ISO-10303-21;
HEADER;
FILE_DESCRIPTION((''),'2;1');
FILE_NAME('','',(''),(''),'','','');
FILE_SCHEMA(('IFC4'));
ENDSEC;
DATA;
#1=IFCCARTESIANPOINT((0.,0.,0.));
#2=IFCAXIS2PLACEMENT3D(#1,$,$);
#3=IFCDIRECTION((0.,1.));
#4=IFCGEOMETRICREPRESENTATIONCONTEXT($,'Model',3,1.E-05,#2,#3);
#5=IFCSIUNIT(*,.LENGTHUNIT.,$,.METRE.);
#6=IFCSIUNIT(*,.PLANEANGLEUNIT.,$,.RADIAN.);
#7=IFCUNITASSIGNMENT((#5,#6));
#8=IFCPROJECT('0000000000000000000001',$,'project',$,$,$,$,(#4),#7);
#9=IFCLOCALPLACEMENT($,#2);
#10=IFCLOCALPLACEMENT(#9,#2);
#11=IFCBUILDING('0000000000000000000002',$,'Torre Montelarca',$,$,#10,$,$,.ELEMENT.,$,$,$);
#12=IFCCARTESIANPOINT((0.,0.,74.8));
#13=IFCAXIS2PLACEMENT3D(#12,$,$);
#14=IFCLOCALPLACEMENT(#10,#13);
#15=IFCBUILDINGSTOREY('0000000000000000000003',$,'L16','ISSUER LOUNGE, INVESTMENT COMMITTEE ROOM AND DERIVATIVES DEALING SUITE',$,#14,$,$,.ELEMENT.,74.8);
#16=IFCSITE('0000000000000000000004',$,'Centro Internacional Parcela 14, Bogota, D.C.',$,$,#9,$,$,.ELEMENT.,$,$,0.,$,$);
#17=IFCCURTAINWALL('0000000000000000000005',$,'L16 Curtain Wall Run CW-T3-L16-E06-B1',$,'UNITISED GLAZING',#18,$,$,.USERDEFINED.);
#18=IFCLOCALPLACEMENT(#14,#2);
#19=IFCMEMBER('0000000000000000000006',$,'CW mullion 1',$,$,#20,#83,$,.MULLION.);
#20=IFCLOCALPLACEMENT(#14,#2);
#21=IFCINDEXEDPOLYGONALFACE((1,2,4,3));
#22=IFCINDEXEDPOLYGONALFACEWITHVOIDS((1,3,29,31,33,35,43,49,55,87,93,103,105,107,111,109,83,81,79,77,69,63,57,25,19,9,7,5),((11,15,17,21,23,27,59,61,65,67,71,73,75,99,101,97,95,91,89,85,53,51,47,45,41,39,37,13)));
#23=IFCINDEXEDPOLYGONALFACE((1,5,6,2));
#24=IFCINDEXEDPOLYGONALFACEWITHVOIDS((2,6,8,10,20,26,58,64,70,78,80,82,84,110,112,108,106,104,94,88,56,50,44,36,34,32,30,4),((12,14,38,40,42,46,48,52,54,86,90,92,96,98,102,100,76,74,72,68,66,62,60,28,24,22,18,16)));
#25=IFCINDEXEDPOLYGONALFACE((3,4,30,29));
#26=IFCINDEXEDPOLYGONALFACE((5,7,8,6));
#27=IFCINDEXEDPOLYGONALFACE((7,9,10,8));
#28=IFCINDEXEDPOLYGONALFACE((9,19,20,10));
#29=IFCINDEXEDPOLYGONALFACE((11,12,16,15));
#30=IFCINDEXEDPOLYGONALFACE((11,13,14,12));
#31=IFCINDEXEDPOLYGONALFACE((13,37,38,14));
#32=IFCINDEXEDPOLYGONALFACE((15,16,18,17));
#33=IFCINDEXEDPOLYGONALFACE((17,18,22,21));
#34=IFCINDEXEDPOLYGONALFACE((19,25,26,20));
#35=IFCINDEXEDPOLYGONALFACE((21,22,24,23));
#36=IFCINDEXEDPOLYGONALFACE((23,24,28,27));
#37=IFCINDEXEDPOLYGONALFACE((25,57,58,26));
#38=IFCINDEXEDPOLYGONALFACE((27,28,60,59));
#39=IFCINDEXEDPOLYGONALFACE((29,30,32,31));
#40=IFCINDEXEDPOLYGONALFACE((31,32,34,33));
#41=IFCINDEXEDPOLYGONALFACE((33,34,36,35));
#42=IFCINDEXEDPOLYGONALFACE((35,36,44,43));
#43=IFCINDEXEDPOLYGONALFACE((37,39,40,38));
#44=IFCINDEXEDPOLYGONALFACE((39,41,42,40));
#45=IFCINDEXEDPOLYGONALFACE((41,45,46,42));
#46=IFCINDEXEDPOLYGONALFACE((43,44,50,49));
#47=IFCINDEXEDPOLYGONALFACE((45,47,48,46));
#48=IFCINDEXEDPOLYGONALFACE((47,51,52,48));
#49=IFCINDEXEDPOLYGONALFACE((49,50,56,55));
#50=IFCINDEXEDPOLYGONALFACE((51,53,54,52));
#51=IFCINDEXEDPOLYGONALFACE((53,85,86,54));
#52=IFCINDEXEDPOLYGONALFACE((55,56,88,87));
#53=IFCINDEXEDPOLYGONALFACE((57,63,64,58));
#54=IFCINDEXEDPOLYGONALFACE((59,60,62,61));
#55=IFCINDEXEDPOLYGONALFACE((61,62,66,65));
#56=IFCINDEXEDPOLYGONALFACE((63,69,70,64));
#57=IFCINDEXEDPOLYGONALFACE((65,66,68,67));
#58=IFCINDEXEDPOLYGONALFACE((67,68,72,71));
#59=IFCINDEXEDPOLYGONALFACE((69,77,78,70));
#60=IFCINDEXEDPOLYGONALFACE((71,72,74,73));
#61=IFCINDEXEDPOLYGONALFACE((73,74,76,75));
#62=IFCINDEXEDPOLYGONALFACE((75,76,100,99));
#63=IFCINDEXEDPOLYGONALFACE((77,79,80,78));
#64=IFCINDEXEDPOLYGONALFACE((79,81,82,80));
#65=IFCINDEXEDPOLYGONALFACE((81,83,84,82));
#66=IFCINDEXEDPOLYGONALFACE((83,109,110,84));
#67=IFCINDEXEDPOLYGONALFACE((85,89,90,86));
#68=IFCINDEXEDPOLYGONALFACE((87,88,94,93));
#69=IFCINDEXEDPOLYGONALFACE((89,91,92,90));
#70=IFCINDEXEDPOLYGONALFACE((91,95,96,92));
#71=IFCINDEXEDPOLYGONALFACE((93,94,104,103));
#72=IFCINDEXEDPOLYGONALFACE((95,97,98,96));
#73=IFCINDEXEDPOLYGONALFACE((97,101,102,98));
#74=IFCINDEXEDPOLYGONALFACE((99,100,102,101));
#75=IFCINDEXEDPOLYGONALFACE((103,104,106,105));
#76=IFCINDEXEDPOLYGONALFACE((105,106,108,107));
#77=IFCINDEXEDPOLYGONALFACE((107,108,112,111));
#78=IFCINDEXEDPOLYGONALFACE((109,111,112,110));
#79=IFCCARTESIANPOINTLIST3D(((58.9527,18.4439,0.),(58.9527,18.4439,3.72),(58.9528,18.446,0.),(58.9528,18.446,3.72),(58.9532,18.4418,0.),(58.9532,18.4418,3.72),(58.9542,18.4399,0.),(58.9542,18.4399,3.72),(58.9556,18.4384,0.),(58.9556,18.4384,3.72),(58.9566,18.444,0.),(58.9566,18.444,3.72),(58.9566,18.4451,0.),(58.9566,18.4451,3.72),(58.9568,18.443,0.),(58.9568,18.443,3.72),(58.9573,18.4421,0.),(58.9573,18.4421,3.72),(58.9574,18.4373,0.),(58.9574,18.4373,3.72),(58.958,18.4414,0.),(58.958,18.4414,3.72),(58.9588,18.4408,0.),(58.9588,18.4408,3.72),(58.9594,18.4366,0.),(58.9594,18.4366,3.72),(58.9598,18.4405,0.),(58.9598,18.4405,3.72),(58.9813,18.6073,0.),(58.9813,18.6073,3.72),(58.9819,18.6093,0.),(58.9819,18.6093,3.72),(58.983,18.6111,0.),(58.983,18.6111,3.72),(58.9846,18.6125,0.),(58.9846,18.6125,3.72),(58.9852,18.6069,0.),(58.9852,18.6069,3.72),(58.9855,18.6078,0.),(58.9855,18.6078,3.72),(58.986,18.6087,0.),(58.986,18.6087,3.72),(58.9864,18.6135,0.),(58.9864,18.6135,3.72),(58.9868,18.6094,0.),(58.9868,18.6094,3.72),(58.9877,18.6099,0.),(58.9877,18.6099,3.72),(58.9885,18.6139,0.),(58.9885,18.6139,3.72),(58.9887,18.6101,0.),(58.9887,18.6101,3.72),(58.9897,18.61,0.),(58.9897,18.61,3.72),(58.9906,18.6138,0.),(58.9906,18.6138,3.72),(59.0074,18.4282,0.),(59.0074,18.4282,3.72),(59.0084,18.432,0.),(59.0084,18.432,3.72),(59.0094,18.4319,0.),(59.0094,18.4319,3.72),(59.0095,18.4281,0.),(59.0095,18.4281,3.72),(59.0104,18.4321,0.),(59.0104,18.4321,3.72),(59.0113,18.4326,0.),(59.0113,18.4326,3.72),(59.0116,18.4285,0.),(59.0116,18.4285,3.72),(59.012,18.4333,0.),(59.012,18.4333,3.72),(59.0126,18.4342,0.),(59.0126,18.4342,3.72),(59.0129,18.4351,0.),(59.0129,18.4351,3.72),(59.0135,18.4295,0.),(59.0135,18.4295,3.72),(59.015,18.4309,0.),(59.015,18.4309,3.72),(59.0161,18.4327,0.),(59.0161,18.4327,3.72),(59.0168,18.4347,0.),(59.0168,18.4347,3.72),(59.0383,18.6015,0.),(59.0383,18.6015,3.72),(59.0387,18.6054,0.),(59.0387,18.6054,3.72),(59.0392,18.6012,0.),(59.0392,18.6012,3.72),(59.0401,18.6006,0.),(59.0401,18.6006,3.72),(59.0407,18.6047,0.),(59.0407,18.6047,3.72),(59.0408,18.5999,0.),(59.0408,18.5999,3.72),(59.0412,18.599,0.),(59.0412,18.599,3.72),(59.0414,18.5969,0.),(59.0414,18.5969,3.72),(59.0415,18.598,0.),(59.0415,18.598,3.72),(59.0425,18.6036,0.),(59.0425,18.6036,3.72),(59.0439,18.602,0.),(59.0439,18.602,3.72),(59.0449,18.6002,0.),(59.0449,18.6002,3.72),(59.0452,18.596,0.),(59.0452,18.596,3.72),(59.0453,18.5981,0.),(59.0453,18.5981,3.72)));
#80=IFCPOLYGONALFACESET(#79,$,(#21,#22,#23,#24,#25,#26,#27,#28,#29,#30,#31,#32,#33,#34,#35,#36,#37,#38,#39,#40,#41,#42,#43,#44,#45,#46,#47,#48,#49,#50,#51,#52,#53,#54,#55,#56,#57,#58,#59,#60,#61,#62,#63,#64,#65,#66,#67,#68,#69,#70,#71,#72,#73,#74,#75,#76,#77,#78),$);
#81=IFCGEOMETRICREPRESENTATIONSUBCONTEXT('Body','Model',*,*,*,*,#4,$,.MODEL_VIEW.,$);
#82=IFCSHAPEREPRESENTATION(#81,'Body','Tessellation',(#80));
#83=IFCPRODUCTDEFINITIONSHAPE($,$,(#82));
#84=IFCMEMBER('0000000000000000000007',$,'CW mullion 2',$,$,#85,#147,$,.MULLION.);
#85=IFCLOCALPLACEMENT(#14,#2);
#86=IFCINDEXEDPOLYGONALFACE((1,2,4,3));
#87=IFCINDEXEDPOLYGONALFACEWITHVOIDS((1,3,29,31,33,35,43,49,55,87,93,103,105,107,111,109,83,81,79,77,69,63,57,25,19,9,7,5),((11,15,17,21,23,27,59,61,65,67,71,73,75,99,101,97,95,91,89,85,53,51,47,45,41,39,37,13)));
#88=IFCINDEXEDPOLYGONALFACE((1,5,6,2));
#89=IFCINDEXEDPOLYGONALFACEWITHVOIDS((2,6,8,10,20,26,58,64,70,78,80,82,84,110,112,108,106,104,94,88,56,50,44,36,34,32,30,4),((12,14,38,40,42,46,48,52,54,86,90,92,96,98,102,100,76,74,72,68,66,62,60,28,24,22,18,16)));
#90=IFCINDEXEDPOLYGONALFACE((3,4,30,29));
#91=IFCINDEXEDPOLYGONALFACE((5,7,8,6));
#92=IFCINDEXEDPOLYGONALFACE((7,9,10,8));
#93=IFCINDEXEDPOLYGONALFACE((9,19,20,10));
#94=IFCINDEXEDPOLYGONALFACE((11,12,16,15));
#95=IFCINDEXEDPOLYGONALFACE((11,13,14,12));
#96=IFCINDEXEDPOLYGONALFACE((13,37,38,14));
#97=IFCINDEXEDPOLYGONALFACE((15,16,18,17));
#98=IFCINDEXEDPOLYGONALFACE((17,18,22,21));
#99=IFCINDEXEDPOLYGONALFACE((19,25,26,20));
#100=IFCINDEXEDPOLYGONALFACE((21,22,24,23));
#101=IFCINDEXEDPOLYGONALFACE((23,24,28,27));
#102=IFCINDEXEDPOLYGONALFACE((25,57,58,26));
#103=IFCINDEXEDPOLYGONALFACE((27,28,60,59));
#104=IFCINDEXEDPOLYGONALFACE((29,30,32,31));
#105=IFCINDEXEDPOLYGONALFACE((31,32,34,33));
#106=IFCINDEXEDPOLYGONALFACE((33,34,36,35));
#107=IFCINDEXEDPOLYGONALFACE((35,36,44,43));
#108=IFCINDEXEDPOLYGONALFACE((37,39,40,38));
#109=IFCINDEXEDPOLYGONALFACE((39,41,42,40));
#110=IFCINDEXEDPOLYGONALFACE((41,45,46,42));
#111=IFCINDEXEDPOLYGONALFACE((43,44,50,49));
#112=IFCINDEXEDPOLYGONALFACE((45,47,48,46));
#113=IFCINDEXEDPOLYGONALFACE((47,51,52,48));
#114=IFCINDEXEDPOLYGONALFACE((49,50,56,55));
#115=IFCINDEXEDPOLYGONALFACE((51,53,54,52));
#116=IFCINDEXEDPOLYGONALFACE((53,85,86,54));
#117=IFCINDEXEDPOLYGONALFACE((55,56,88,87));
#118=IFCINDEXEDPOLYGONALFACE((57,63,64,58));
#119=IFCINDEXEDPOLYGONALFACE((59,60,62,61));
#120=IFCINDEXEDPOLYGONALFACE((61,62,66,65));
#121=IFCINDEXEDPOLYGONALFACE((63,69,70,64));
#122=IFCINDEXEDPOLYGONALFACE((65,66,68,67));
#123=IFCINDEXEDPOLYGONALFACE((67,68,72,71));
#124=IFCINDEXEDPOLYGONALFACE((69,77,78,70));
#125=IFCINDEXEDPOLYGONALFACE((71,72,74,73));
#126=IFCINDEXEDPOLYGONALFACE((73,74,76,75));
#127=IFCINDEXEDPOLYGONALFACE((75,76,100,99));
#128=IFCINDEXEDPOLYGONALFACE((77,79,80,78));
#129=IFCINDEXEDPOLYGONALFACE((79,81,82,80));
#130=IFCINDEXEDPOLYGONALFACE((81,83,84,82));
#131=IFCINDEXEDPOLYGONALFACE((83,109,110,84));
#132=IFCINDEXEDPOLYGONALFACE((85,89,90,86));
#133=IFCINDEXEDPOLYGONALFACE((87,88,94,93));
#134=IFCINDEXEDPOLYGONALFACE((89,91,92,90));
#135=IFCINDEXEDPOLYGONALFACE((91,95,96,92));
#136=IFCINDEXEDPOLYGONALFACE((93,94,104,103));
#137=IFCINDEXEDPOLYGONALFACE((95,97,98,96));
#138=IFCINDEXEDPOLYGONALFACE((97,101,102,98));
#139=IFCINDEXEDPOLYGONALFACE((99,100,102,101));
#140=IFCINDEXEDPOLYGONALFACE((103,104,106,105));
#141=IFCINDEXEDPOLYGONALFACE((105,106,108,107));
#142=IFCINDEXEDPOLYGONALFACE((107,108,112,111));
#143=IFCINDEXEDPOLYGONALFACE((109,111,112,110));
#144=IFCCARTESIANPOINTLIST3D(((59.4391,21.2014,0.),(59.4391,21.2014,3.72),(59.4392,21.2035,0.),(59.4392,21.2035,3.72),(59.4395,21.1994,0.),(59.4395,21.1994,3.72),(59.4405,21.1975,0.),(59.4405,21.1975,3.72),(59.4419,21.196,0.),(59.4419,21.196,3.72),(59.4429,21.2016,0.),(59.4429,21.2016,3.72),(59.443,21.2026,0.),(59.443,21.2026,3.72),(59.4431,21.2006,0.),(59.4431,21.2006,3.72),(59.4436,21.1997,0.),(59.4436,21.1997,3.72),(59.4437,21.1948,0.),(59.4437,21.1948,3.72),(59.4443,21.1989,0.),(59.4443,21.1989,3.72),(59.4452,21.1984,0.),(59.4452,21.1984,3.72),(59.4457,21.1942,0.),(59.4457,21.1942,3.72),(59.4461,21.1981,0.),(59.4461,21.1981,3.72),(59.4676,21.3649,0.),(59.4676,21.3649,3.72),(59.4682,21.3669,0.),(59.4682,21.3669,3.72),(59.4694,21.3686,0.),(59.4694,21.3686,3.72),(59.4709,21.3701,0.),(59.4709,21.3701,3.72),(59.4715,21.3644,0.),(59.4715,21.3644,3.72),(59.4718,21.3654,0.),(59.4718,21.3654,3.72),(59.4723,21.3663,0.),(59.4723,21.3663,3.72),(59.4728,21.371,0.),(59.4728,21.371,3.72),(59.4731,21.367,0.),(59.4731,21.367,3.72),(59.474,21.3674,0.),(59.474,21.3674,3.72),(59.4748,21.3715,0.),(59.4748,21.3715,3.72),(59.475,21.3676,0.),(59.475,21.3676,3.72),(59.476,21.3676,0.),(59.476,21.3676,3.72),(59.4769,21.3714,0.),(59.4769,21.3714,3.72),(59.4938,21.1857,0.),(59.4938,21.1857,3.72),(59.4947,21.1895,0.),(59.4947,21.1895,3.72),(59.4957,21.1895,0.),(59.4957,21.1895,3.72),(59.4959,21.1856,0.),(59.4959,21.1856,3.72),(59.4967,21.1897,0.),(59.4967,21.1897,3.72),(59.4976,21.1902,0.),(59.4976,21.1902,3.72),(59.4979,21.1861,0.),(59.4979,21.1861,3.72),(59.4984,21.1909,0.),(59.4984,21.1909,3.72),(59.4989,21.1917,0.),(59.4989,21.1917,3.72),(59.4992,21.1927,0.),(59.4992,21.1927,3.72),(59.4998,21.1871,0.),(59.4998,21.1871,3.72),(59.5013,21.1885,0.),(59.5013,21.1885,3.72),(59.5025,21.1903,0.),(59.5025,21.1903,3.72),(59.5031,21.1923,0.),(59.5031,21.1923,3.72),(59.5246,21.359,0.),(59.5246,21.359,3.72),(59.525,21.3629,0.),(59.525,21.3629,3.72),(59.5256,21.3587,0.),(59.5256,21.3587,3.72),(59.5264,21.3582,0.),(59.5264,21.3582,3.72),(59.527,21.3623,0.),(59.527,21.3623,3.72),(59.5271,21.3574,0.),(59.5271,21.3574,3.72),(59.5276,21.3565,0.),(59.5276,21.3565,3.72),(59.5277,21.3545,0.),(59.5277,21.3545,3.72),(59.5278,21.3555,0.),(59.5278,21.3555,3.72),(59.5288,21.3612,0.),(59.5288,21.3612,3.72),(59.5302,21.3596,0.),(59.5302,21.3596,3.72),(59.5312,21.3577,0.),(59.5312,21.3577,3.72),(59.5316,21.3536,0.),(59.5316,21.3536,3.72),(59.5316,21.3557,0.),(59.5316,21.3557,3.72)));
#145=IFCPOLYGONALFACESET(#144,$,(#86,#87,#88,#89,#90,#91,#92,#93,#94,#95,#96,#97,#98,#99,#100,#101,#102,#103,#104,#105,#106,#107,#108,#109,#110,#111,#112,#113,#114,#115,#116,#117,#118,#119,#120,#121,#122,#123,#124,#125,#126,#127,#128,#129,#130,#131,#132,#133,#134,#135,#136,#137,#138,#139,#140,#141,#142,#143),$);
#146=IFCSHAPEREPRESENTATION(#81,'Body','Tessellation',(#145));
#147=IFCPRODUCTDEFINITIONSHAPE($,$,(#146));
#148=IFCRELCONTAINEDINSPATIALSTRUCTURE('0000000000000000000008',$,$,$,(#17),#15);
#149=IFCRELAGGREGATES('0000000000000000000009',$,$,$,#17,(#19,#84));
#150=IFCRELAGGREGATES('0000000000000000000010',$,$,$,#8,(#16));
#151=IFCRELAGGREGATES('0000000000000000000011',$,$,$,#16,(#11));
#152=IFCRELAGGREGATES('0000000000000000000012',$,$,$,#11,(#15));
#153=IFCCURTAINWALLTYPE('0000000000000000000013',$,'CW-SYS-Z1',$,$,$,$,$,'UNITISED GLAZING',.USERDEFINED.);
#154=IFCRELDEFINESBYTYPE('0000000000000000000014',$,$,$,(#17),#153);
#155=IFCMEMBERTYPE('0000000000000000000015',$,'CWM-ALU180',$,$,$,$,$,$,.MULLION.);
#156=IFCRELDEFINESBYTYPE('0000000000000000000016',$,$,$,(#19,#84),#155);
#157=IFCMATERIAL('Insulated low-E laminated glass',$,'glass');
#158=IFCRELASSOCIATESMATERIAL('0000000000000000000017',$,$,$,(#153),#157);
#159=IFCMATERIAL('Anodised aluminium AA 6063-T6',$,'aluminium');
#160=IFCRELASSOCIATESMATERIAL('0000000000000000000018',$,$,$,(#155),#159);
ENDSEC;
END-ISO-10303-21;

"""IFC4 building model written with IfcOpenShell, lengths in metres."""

from ifc_helpers import new_model, si_unit, direction, frame, origin, origin_2d, place, context, subcontext, project, spatial, hollow_rectangle, extrude, source, transform, mapped, material, material_profile, profile_set, type_object, element, aggregate, save


model = new_model("IFC4")

# Units and contexts
model_context = context("Model", 3, precision=1e-05, world=origin(), true_north=direction((0.0, 1.0)))
body_context = subcontext(model_context, "Body", "Model", "MODEL_VIEW")
ifc_project = project(units=[si_unit("LENGTHUNIT", "METRE"), si_unit("PLANEANGLEUNIT", "RADIAN")], contexts=[model_context])

# Site, building, storey
site_placement = place(None, origin())
site = spatial("IfcSite", under=ifc_project, at=site_placement, Name="Centro Internacional Parcela 14, Bogota, D.C.", CompositionType="ELEMENT", RefElevation=0.0)
building_placement = place(site_placement, origin())
building = spatial("IfcBuilding", under=site, at=building_placement, Name="Torre Montelarca", CompositionType="ELEMENT")
storey_placement = place(building_placement, frame((0.0, 0.0, 74.8)))
storey = spatial("IfcBuildingStorey", under=building, at=storey_placement, Name="L16", Description="ISSUER LOUNGE, INVESTMENT COMMITTEE ROOM AND DERIVATIVES DEALING SUITE", CompositionType="ELEMENT", Elevation=74.8)

# Shared definitions
ifc_material_1 = material(Name="Insulated low-E laminated glass", Category="glass")
curtain_wall_type = type_object("IfcCurtainWallType", Name="CW-SYS-Z1", ElementType="UNITISED GLAZING", PredefinedType="USERDEFINED", material=ifc_material_1)
ifc_material_2 = material(Name="Anodised aluminium AA 6063-T6", Category="aluminium")
ifc_material_profile_1 = material_profile(ifc_material_2, hollow_rectangle(XDim=0.0649, YDim=0.1799, WallThickness=0.0039, InnerFilletRadius=0.0039, OuterFilletRadius=0.0081, at=origin_2d()), Name="ALU65X180X4", Category="aluminium")
ifc_profile_set_1 = profile_set([ifc_material_profile_1], Name="Anodised aluminium AA 6063-T6")
member_type_1 = type_object("IfcMemberType", Name="CWM-ALU180", PredefinedType="MULLION", material=ifc_profile_set_1)
shared_shape_1 = source(origin(), body_context, "Body", "SweptSolid", [
    extrude(hollow_rectangle(XDim=0.0649, YDim=0.1799, WallThickness=0.0039, InnerFilletRadius=0.0039, OuterFilletRadius=0.0081, at=origin_2d()), origin(), (0.0, 0.0, 1.0), 3.72),
])

# Curtain wall, members
curtain_wall_1_placement = place(storey_placement, origin())
curtain_wall_1 = element("IfcCurtainWall", 1, at=curtain_wall_1_placement, inside=storey, type_object=curtain_wall_type, Name="L16 Curtain Wall Run CW-T3-L16-E06-B1", ObjectType="UNITISED GLAZING", PredefinedType="USERDEFINED")
member_1_placement = place(storey_placement, frame((58.999, 18.521, 0.0), z_axis=(0.0, 0.0, 1.0), x_axis=(-0.984808, 0.173646, 0.0)))
member_1 = element("IfcMember", 2, at=member_1_placement, type_object=member_type_1, Name="CW mullion 1", PredefinedType="MULLION", context=body_context, shape_type="MappedRepresentation", body=[
    mapped(shared_shape_1, transform((0.0, 0.0, 0.0), scale=1.0)),
])
member_2_placement = place(storey_placement, frame((59.4854, 21.2786, 0.0), z_axis=(0.0, 0.0, 1.0), x_axis=(-0.984808, 0.173646, 0.0)))
member_2 = element("IfcMember", 3, at=member_2_placement, type_object=member_type_1, Name="CW mullion 2", PredefinedType="MULLION", context=body_context, shape_type="MappedRepresentation", body=[
    mapped(shared_shape_1, transform((0.0, 0.0, 0.0), scale=1.0)),
])

aggregate(curtain_wall_1, [member_1, member_2])

save(model, "model.ifc")
